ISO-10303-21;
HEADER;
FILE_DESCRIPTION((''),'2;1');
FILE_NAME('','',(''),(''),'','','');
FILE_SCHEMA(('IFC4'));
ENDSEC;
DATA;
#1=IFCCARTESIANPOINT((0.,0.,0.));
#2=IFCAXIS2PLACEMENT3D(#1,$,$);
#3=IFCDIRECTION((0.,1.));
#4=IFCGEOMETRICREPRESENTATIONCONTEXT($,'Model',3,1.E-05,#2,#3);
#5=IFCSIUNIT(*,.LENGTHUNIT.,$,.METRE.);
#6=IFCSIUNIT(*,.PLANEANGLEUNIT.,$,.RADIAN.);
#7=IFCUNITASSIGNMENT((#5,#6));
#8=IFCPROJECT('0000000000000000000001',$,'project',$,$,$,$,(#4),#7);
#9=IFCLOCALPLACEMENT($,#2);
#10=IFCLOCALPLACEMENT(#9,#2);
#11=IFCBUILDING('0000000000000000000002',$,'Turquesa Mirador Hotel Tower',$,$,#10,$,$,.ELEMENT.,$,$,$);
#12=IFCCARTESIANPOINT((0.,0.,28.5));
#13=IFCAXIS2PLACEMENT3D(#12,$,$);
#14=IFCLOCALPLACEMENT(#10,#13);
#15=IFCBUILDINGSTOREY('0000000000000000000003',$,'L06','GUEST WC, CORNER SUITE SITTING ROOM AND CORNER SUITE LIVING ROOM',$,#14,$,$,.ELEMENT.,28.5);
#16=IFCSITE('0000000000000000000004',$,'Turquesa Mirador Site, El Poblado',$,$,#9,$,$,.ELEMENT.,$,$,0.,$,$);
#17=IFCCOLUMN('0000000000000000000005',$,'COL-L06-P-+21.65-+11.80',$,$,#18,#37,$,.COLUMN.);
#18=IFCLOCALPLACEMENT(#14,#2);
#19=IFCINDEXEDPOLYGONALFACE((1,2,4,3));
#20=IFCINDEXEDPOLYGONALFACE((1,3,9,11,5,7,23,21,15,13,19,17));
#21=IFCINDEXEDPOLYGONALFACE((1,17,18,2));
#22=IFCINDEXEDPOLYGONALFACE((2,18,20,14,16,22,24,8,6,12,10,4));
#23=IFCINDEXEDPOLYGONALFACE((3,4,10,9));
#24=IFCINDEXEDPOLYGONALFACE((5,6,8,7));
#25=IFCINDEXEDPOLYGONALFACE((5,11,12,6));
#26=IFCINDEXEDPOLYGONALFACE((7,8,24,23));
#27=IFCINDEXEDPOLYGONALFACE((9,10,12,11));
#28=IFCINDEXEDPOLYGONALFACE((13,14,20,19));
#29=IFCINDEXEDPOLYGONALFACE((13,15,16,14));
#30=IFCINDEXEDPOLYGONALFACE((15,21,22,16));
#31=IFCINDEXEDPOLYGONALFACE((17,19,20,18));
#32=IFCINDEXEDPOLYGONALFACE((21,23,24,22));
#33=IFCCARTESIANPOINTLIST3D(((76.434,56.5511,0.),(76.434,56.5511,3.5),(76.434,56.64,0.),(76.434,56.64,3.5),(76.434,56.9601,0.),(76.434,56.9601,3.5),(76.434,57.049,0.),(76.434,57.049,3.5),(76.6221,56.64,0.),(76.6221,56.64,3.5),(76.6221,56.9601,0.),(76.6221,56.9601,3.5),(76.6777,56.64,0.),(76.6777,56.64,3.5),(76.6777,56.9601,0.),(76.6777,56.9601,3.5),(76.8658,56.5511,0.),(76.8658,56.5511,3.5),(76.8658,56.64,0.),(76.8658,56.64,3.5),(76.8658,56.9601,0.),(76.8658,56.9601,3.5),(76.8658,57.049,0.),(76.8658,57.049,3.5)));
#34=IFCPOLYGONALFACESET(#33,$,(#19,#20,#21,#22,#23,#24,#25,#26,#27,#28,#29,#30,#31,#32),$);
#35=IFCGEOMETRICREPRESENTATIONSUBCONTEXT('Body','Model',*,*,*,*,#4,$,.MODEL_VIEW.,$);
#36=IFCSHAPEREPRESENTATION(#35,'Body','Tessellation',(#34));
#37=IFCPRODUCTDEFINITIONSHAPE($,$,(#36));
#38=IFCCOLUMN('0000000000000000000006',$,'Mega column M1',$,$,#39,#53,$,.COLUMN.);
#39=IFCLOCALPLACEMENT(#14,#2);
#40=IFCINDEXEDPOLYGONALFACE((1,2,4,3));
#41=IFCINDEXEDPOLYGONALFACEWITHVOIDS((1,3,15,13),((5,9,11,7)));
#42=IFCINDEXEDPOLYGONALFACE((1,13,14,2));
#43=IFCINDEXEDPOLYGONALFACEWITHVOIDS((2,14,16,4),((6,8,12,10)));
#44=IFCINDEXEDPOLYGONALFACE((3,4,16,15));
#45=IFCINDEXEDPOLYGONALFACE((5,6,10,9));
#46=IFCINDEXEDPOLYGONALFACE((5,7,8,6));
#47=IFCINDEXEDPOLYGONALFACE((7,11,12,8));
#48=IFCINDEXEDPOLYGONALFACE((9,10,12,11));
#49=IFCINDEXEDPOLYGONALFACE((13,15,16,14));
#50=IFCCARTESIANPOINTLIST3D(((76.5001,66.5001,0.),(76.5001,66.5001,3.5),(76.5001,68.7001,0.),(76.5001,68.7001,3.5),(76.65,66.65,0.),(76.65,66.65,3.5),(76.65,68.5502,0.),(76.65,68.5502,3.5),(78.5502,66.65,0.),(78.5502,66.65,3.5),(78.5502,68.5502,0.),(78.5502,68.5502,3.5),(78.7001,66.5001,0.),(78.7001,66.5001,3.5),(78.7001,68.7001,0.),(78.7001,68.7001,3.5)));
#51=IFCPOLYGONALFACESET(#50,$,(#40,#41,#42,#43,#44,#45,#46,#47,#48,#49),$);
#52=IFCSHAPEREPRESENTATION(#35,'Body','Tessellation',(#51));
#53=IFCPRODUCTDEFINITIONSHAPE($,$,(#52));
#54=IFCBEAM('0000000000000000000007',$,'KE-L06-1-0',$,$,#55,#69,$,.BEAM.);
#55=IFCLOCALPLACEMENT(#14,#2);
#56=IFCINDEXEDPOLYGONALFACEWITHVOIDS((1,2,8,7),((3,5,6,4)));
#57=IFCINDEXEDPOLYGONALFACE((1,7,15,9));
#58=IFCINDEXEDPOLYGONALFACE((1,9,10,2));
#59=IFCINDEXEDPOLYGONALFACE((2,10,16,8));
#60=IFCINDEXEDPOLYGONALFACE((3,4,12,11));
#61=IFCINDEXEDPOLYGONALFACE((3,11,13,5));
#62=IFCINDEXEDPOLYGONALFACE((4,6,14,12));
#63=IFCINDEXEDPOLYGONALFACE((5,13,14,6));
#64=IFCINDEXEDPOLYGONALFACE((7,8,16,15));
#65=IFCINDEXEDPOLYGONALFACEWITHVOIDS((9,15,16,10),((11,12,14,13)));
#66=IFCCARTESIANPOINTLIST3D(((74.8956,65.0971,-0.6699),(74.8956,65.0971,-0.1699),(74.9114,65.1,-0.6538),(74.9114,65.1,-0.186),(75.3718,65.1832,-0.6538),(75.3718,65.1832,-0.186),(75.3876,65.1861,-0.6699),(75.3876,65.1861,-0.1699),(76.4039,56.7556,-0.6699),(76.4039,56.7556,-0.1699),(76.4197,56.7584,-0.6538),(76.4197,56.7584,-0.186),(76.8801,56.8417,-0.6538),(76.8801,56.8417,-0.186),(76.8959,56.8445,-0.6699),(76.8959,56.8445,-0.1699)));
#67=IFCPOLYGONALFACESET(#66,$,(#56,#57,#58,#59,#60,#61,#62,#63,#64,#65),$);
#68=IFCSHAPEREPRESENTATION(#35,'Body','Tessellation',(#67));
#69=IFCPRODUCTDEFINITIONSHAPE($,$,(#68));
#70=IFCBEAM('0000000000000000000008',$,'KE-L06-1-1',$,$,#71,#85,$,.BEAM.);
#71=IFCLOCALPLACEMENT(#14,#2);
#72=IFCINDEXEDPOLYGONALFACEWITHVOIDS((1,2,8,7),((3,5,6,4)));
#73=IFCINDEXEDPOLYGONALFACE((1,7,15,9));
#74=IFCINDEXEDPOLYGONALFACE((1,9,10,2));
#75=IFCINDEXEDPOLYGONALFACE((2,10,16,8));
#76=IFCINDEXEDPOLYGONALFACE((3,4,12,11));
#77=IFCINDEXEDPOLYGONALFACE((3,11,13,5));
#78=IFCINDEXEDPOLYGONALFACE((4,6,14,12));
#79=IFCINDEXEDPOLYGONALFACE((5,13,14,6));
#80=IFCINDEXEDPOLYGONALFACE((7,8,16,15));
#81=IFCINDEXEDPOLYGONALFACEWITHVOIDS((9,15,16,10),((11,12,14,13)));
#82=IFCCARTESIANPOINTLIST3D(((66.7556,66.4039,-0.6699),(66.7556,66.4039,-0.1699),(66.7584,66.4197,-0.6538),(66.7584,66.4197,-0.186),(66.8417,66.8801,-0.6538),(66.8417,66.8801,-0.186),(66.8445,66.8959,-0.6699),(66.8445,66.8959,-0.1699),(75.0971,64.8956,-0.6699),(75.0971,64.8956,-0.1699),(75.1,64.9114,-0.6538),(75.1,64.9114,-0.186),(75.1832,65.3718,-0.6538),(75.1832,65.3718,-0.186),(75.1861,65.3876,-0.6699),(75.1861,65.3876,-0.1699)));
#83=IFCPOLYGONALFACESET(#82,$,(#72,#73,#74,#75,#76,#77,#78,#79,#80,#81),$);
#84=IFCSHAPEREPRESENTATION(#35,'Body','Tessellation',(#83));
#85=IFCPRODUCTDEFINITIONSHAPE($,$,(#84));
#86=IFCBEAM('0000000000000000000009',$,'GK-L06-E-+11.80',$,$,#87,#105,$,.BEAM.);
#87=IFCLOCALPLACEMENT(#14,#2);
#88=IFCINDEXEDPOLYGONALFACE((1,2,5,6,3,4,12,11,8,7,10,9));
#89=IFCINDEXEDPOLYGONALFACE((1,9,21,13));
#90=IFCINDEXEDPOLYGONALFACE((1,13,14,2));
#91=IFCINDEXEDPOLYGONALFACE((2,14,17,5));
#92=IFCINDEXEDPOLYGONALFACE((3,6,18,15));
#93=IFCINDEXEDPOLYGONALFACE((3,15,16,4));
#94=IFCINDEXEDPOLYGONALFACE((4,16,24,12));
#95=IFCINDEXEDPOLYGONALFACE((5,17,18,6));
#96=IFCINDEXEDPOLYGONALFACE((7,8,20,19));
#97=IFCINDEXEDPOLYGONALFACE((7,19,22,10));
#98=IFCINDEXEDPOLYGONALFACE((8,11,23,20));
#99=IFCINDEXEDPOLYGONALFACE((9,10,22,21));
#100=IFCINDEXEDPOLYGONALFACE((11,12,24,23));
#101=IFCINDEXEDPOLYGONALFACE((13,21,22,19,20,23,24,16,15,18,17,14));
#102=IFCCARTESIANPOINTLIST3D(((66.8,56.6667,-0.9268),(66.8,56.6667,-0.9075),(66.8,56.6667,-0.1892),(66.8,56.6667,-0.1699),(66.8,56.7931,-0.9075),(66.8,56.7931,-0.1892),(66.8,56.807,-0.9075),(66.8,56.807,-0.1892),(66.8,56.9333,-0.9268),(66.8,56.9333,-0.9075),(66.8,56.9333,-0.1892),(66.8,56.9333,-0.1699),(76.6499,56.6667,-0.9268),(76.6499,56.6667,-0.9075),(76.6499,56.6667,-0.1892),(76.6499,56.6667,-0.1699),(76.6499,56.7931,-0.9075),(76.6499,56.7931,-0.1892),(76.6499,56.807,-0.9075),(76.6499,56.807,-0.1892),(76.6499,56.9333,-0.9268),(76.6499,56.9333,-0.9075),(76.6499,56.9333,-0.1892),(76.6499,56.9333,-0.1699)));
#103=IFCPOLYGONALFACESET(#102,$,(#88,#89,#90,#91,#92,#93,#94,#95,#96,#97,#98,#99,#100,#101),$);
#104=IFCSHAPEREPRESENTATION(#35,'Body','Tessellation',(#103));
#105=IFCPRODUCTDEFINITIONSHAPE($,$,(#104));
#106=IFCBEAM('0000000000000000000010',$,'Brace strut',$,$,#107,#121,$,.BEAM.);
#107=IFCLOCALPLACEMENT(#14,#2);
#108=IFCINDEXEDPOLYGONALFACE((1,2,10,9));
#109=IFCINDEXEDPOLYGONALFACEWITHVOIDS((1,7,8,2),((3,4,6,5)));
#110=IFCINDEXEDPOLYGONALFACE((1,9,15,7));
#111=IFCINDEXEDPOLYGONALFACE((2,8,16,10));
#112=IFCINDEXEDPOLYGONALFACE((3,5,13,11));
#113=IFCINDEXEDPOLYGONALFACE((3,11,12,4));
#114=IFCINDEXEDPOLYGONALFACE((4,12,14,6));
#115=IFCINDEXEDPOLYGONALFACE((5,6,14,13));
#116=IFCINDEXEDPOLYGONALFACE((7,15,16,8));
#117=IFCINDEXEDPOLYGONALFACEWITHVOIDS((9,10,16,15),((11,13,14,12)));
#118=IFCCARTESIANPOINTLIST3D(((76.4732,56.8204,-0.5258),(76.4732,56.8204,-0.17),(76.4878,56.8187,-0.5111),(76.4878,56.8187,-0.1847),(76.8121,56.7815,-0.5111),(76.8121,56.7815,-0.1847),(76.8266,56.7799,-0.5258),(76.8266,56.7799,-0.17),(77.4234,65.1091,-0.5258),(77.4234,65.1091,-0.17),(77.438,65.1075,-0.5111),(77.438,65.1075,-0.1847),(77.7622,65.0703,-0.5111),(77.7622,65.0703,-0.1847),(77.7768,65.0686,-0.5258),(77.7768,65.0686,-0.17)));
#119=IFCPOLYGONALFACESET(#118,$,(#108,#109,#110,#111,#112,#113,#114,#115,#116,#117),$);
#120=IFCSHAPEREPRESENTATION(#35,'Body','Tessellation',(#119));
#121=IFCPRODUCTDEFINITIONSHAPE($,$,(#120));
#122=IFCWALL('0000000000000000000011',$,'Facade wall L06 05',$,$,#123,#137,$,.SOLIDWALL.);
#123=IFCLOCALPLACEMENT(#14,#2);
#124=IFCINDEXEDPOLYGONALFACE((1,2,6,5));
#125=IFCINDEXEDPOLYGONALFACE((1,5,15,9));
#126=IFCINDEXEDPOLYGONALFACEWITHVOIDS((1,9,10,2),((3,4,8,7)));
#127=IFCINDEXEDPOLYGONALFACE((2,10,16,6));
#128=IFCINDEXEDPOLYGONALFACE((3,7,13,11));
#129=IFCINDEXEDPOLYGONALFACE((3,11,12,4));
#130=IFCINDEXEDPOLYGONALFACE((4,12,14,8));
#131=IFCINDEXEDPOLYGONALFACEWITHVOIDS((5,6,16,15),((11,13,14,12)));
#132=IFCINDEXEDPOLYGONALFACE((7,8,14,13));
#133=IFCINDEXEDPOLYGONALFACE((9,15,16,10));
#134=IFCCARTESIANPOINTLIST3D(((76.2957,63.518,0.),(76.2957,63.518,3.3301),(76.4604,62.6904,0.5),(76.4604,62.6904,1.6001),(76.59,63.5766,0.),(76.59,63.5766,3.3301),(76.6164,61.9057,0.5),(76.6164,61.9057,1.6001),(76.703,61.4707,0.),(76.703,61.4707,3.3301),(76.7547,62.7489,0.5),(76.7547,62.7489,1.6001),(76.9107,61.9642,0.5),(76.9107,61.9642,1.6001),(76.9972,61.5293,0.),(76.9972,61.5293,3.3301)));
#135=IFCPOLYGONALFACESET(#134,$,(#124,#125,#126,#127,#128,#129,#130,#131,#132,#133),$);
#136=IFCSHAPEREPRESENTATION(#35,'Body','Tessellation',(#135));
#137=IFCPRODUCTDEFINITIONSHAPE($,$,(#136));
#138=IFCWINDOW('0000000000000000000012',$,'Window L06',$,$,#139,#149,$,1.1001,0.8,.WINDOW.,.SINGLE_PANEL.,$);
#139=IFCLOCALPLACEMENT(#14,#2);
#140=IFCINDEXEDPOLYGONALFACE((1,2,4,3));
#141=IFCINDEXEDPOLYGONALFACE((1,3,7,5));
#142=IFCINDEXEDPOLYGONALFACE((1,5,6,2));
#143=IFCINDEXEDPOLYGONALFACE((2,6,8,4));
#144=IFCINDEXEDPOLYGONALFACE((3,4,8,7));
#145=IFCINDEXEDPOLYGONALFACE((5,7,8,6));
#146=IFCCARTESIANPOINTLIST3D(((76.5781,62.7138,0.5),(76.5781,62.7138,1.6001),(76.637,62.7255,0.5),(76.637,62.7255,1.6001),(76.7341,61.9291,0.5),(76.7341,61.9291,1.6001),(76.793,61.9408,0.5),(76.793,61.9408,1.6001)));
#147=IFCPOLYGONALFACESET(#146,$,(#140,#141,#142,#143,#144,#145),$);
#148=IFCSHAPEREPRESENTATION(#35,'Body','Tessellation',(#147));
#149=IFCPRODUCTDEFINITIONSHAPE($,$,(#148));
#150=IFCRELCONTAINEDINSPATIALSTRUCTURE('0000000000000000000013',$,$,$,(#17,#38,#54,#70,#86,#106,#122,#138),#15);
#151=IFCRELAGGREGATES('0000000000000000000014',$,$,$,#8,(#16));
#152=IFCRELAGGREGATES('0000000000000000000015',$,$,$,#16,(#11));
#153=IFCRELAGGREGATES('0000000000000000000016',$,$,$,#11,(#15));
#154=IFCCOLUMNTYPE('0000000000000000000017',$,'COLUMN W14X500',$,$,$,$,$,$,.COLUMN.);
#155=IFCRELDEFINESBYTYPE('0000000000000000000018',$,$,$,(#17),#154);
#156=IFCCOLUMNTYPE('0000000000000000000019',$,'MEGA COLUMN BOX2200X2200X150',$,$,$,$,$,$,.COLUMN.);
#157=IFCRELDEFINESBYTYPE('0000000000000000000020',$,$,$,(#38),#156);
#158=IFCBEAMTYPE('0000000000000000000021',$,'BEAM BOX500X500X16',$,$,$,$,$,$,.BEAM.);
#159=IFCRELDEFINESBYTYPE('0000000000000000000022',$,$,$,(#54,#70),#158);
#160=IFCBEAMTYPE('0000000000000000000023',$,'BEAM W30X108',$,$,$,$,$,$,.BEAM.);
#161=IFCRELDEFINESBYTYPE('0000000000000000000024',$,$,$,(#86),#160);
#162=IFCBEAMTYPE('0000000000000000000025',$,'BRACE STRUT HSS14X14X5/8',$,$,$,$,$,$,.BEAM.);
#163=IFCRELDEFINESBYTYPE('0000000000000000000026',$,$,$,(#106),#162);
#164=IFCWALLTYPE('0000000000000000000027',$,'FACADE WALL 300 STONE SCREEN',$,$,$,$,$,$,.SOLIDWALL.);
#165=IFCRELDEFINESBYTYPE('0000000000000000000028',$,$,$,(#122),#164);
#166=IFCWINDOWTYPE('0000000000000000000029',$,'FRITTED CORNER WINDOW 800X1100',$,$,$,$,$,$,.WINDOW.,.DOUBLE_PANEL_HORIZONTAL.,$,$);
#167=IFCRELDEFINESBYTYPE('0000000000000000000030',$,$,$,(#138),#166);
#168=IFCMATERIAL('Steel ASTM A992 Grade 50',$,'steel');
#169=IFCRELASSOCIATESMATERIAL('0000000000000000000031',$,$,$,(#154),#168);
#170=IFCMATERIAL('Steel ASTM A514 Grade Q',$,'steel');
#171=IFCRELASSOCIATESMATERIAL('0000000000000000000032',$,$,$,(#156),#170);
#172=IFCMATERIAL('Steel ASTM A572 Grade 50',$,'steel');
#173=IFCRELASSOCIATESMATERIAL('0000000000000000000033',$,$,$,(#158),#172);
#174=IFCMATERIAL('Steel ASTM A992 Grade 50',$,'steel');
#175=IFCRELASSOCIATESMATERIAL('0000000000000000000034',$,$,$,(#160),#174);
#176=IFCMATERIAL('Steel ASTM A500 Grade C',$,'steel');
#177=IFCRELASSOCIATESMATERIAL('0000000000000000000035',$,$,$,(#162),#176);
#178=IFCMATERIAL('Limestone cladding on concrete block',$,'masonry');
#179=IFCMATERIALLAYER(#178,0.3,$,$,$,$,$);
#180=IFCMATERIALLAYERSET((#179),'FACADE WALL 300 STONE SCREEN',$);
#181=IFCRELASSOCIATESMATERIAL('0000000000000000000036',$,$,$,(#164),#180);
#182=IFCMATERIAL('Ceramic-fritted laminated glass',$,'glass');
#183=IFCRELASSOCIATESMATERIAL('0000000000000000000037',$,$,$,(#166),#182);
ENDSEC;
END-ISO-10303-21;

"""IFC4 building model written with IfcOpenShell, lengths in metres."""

from ifc_helpers import new_model, si_unit, direction, frame, frame_2d, origin, origin_2d, place, context, subcontext, project, spatial, rectangle, hollow_rectangle, i_section, extrude, material, layer, layer_set, material_profile, profile_set, type_object, element, fill, save


model = new_model("IFC4")

# Units and contexts
model_context = context("Model", 3, precision=1e-05, world=origin(), true_north=direction((0.0, 1.0)))
body_context = subcontext(model_context, "Body", "Model", "MODEL_VIEW")
ifc_project = project(units=[si_unit("LENGTHUNIT", "METRE"), si_unit("PLANEANGLEUNIT", "RADIAN")], contexts=[model_context])

# Site, building, storey
site_placement = place(None, origin())
site = spatial("IfcSite", under=ifc_project, at=site_placement, Name="Turquesa Mirador Site, El Poblado", CompositionType="ELEMENT", RefElevation=0.0)
building_placement = place(site_placement, origin())
building = spatial("IfcBuilding", under=site, at=building_placement, Name="Turquesa Mirador Hotel Tower", CompositionType="ELEMENT")
storey_placement = place(building_placement, frame((0.0, 0.0, 28.5)))
storey = spatial("IfcBuildingStorey", under=building, at=storey_placement, Name="L06", Description="GUEST WC, CORNER SUITE SITTING ROOM AND CORNER SUITE LIVING ROOM", CompositionType="ELEMENT", Elevation=28.5)

# Columns
ifc_material_1 = material(Name="Steel ASTM A992 Grade 50", Category="steel")
ifc_material_profile_1 = material_profile(ifc_material_1, i_section(OverallWidth=0.4319, OverallDepth=0.4978, WebThickness=0.0557, FlangeThickness=0.0889, at=origin_2d()), Name="W14X500")
ifc_profile_set_1 = profile_set([ifc_material_profile_1], Name="Steel ASTM A992 Grade 50")
column_type_1 = type_object("IfcColumnType", Name="COLUMN W14X500", PredefinedType="COLUMN", material=ifc_profile_set_1)
column_1_placement = place(storey_placement, frame((76.6499, 56.8, 0.0), z_axis=(0.0, 0.0, 1.0), x_axis=(1.0, 0.0, 0.0)))
element("IfcColumn", 1, at=column_1_placement, inside=storey, type_object=column_type_1, Name="COL-L06-P-+21.65-+11.80", PredefinedType="COLUMN", context=body_context, shape_type="SweptSolid", body=[
    extrude(i_section(OverallWidth=0.4319, OverallDepth=0.4978, WebThickness=0.0557, FlangeThickness=0.0889, at=origin_2d()), origin(), (0.0, 0.0, 1.0), 3.5),
])
ifc_material_2 = material(Name="Steel ASTM A514 Grade Q", Category="steel")
ifc_material_profile_2 = material_profile(ifc_material_2, hollow_rectangle(XDim=2.2, YDim=2.2, WallThickness=0.1499, at=origin_2d()), Name="BOX2200X2200X150")
ifc_profile_set_2 = profile_set([ifc_material_profile_2], Name="Steel ASTM A514 Grade Q")
column_type_2 = type_object("IfcColumnType", Name="MEGA COLUMN BOX2200X2200X150", PredefinedType="COLUMN", material=ifc_profile_set_2)
column_2_placement = place(storey_placement, frame((77.6001, 67.6001, 0.0), z_axis=(0.0, 0.0, 1.0), x_axis=(1.0, 0.0, 0.0)))
element("IfcColumn", 2, at=column_2_placement, inside=storey, type_object=column_type_2, Name="Mega column M1", PredefinedType="COLUMN", context=body_context, shape_type="SweptSolid", body=[
    extrude(hollow_rectangle(XDim=2.2, YDim=2.2, WallThickness=0.1499, at=origin_2d()), origin(), (0.0, 0.0, 1.0), 3.5),
])

# Beams
ifc_material_3 = material(Name="Steel ASTM A572 Grade 50", Category="steel")
ifc_material_profile_3 = material_profile(ifc_material_3, hollow_rectangle(XDim=0.5, YDim=0.5, WallThickness=0.0161, at=origin_2d()), Name="BOX500X500X16")
ifc_profile_set_3 = profile_set([ifc_material_profile_3], Name="Steel ASTM A572 Grade 50")
beam_type_1 = type_object("IfcBeamType", Name="BEAM BOX500X500X16", PredefinedType="BEAM", material=ifc_profile_set_3)
for number, where, z_axis, x_axis, name in (
    (3, (76.6499, 56.8, -0.4199), (-0.177932, 0.984043, 0.0), (-0.984043, -0.177932, 0.0), "KE-L06-1-0"),
    (4, (75.1416, 65.1416, -0.4199), (-0.984043, 0.177932, 0.0), (-0.177932, -0.984043, 0.0), "KE-L06-1-1"),
):
    element("IfcBeam", number, at=place(storey_placement, frame(where, z_axis=z_axis, x_axis=x_axis)), inside=storey, type_object=beam_type_1, Name=name, PredefinedType="BEAM", context=body_context, shape_type="SweptSolid", body=[
        extrude(hollow_rectangle(XDim=0.5, YDim=0.5, WallThickness=0.0161, at=origin_2d()), origin(), (0.0, 0.0, 1.0), 8.4768),
    ])
ifc_material_4 = material(Name="Steel ASTM A992 Grade 50", Category="steel")
ifc_material_profile_4 = material_profile(ifc_material_4, i_section(OverallWidth=0.2666, OverallDepth=0.7568, WebThickness=0.0139, FlangeThickness=0.0193, at=origin_2d()), Name="W30X108")
ifc_profile_set_4 = profile_set([ifc_material_profile_4], Name="Steel ASTM A992 Grade 50")
beam_type_2 = type_object("IfcBeamType", Name="BEAM W30X108", PredefinedType="BEAM", material=ifc_profile_set_4)
beam_1_placement = place(storey_placement, frame((76.6499, 56.8, -0.5483), z_axis=(-1.0, 0.0, 0.0), x_axis=(0.0, -1.0, 0.0)))
element("IfcBeam", 5, at=beam_1_placement, inside=storey, type_object=beam_type_2, Name="GK-L06-E-+11.80", PredefinedType="BEAM", context=body_context, shape_type="SweptSolid", body=[
    extrude(i_section(OverallWidth=0.2666, OverallDepth=0.7568, WebThickness=0.0139, FlangeThickness=0.0193, at=origin_2d()), origin(), (0.0, 0.0, 1.0), 9.8499),
])
ifc_material_5 = material(Name="Steel ASTM A500 Grade C", Category="steel")
ifc_material_profile_5 = material_profile(ifc_material_5, hollow_rectangle(XDim=0.3557, YDim=0.3557, WallThickness=0.0146, at=origin_2d()), Name="HSS14X14X5/8")
ifc_profile_set_5 = profile_set([ifc_material_profile_5], Name="Steel ASTM A500 Grade C")
beam_type_3 = type_object("IfcBeamType", Name="BRACE STRUT HSS14X14X5/8", PredefinedType="BEAM", material=ifc_profile_set_5)
beam_2_placement = place(storey_placement, frame((77.6001, 65.0889, -0.3479), z_axis=(-0.11389, -0.993493, 0.0), x_axis=(0.993493, -0.11389, 0.0)))
element("IfcBeam", 6, at=beam_2_placement, inside=storey, type_object=beam_type_3, Name="Brace strut", PredefinedType="BEAM", context=body_context, shape_type="SweptSolid", body=[
    extrude(hollow_rectangle(XDim=0.3557, YDim=0.3557, WallThickness=0.0146, at=origin_2d()), origin(), (0.0, 0.0, 1.0), 8.343),
])

# Wall, opening, window
ifc_material_6 = material(Name="Limestone cladding on concrete block", Category="masonry")
ifc_layer = layer(ifc_material_6, 0.3)
ifc_layer_set = layer_set([ifc_layer], Name="FACADE WALL 300 STONE SCREEN")
wall_type = type_object("IfcWallType", Name="FACADE WALL 300 STONE SCREEN", PredefinedType="SOLIDWALL", material=ifc_layer_set)
wall_1_placement = place(storey_placement, frame((76.8501, 61.5, 0.0), z_axis=(0.0, 0.0, 1.0), x_axis=(-0.195081, 0.980787, 0.0)))
wall_1 = element("IfcWall", 7, at=wall_1_placement, inside=storey, type_object=wall_type, Name="Facade wall L06 05", PredefinedType="SOLIDWALL", context=body_context, shape_type="SweptSolid", body=[
    extrude(rectangle(XDim=2.0874, YDim=0.3, at=frame_2d((1.0437, 0.0))), origin(), (0.0, 0.0, 1.0), 3.3301),
])
opening_1_placement = place(wall_1_placement, frame((0.4436, 0.0, 0.5)))
opening_1 = element("IfcOpeningElement", 8, at=opening_1_placement, cuts=wall_1, PredefinedType="OPENING", context=body_context, shape_type="SweptSolid", body=[
    extrude(rectangle(XDim=0.8, YDim=1.1001, at=frame_2d((0.3999, 0.55))), frame((0.0, 0.1599, 0.0), z_axis=(0.0, -1.0, 0.0), x_axis=(1.0, 0.0, 0.0)), (0.0, 0.0, 1.0), 0.3201),
])
ifc_material_7 = material(Name="Ceramic-fritted laminated glass", Category="glass")
window_type_1 = type_object("IfcWindowType", Name="FRITTED CORNER WINDOW 800X1100", PartitioningType="DOUBLE_PANEL_HORIZONTAL", PredefinedType="WINDOW", material=ifc_material_7)
window_1_placement = place(opening_1_placement, origin())
window_1 = element("IfcWindow", 9, at=window_1_placement, inside=storey, type_object=window_type_1, Name="Window L06", OverallHeight=1.1001, OverallWidth=0.8, PartitioningType="SINGLE_PANEL", PredefinedType="WINDOW", context=body_context, shape_type="SweptSolid", body=[
    extrude(rectangle(XDim=0.8, YDim=1.1001, at=frame_2d((0.3999, 0.55))), frame((0.0, 0.03, 0.0), z_axis=(0.0, -1.0, 0.0), x_axis=(1.0, 0.0, 0.0)), (0.0, 0.0, 1.0), 0.0601),
])
fill(opening_1, window_1)

save(model, "model.ifc")
